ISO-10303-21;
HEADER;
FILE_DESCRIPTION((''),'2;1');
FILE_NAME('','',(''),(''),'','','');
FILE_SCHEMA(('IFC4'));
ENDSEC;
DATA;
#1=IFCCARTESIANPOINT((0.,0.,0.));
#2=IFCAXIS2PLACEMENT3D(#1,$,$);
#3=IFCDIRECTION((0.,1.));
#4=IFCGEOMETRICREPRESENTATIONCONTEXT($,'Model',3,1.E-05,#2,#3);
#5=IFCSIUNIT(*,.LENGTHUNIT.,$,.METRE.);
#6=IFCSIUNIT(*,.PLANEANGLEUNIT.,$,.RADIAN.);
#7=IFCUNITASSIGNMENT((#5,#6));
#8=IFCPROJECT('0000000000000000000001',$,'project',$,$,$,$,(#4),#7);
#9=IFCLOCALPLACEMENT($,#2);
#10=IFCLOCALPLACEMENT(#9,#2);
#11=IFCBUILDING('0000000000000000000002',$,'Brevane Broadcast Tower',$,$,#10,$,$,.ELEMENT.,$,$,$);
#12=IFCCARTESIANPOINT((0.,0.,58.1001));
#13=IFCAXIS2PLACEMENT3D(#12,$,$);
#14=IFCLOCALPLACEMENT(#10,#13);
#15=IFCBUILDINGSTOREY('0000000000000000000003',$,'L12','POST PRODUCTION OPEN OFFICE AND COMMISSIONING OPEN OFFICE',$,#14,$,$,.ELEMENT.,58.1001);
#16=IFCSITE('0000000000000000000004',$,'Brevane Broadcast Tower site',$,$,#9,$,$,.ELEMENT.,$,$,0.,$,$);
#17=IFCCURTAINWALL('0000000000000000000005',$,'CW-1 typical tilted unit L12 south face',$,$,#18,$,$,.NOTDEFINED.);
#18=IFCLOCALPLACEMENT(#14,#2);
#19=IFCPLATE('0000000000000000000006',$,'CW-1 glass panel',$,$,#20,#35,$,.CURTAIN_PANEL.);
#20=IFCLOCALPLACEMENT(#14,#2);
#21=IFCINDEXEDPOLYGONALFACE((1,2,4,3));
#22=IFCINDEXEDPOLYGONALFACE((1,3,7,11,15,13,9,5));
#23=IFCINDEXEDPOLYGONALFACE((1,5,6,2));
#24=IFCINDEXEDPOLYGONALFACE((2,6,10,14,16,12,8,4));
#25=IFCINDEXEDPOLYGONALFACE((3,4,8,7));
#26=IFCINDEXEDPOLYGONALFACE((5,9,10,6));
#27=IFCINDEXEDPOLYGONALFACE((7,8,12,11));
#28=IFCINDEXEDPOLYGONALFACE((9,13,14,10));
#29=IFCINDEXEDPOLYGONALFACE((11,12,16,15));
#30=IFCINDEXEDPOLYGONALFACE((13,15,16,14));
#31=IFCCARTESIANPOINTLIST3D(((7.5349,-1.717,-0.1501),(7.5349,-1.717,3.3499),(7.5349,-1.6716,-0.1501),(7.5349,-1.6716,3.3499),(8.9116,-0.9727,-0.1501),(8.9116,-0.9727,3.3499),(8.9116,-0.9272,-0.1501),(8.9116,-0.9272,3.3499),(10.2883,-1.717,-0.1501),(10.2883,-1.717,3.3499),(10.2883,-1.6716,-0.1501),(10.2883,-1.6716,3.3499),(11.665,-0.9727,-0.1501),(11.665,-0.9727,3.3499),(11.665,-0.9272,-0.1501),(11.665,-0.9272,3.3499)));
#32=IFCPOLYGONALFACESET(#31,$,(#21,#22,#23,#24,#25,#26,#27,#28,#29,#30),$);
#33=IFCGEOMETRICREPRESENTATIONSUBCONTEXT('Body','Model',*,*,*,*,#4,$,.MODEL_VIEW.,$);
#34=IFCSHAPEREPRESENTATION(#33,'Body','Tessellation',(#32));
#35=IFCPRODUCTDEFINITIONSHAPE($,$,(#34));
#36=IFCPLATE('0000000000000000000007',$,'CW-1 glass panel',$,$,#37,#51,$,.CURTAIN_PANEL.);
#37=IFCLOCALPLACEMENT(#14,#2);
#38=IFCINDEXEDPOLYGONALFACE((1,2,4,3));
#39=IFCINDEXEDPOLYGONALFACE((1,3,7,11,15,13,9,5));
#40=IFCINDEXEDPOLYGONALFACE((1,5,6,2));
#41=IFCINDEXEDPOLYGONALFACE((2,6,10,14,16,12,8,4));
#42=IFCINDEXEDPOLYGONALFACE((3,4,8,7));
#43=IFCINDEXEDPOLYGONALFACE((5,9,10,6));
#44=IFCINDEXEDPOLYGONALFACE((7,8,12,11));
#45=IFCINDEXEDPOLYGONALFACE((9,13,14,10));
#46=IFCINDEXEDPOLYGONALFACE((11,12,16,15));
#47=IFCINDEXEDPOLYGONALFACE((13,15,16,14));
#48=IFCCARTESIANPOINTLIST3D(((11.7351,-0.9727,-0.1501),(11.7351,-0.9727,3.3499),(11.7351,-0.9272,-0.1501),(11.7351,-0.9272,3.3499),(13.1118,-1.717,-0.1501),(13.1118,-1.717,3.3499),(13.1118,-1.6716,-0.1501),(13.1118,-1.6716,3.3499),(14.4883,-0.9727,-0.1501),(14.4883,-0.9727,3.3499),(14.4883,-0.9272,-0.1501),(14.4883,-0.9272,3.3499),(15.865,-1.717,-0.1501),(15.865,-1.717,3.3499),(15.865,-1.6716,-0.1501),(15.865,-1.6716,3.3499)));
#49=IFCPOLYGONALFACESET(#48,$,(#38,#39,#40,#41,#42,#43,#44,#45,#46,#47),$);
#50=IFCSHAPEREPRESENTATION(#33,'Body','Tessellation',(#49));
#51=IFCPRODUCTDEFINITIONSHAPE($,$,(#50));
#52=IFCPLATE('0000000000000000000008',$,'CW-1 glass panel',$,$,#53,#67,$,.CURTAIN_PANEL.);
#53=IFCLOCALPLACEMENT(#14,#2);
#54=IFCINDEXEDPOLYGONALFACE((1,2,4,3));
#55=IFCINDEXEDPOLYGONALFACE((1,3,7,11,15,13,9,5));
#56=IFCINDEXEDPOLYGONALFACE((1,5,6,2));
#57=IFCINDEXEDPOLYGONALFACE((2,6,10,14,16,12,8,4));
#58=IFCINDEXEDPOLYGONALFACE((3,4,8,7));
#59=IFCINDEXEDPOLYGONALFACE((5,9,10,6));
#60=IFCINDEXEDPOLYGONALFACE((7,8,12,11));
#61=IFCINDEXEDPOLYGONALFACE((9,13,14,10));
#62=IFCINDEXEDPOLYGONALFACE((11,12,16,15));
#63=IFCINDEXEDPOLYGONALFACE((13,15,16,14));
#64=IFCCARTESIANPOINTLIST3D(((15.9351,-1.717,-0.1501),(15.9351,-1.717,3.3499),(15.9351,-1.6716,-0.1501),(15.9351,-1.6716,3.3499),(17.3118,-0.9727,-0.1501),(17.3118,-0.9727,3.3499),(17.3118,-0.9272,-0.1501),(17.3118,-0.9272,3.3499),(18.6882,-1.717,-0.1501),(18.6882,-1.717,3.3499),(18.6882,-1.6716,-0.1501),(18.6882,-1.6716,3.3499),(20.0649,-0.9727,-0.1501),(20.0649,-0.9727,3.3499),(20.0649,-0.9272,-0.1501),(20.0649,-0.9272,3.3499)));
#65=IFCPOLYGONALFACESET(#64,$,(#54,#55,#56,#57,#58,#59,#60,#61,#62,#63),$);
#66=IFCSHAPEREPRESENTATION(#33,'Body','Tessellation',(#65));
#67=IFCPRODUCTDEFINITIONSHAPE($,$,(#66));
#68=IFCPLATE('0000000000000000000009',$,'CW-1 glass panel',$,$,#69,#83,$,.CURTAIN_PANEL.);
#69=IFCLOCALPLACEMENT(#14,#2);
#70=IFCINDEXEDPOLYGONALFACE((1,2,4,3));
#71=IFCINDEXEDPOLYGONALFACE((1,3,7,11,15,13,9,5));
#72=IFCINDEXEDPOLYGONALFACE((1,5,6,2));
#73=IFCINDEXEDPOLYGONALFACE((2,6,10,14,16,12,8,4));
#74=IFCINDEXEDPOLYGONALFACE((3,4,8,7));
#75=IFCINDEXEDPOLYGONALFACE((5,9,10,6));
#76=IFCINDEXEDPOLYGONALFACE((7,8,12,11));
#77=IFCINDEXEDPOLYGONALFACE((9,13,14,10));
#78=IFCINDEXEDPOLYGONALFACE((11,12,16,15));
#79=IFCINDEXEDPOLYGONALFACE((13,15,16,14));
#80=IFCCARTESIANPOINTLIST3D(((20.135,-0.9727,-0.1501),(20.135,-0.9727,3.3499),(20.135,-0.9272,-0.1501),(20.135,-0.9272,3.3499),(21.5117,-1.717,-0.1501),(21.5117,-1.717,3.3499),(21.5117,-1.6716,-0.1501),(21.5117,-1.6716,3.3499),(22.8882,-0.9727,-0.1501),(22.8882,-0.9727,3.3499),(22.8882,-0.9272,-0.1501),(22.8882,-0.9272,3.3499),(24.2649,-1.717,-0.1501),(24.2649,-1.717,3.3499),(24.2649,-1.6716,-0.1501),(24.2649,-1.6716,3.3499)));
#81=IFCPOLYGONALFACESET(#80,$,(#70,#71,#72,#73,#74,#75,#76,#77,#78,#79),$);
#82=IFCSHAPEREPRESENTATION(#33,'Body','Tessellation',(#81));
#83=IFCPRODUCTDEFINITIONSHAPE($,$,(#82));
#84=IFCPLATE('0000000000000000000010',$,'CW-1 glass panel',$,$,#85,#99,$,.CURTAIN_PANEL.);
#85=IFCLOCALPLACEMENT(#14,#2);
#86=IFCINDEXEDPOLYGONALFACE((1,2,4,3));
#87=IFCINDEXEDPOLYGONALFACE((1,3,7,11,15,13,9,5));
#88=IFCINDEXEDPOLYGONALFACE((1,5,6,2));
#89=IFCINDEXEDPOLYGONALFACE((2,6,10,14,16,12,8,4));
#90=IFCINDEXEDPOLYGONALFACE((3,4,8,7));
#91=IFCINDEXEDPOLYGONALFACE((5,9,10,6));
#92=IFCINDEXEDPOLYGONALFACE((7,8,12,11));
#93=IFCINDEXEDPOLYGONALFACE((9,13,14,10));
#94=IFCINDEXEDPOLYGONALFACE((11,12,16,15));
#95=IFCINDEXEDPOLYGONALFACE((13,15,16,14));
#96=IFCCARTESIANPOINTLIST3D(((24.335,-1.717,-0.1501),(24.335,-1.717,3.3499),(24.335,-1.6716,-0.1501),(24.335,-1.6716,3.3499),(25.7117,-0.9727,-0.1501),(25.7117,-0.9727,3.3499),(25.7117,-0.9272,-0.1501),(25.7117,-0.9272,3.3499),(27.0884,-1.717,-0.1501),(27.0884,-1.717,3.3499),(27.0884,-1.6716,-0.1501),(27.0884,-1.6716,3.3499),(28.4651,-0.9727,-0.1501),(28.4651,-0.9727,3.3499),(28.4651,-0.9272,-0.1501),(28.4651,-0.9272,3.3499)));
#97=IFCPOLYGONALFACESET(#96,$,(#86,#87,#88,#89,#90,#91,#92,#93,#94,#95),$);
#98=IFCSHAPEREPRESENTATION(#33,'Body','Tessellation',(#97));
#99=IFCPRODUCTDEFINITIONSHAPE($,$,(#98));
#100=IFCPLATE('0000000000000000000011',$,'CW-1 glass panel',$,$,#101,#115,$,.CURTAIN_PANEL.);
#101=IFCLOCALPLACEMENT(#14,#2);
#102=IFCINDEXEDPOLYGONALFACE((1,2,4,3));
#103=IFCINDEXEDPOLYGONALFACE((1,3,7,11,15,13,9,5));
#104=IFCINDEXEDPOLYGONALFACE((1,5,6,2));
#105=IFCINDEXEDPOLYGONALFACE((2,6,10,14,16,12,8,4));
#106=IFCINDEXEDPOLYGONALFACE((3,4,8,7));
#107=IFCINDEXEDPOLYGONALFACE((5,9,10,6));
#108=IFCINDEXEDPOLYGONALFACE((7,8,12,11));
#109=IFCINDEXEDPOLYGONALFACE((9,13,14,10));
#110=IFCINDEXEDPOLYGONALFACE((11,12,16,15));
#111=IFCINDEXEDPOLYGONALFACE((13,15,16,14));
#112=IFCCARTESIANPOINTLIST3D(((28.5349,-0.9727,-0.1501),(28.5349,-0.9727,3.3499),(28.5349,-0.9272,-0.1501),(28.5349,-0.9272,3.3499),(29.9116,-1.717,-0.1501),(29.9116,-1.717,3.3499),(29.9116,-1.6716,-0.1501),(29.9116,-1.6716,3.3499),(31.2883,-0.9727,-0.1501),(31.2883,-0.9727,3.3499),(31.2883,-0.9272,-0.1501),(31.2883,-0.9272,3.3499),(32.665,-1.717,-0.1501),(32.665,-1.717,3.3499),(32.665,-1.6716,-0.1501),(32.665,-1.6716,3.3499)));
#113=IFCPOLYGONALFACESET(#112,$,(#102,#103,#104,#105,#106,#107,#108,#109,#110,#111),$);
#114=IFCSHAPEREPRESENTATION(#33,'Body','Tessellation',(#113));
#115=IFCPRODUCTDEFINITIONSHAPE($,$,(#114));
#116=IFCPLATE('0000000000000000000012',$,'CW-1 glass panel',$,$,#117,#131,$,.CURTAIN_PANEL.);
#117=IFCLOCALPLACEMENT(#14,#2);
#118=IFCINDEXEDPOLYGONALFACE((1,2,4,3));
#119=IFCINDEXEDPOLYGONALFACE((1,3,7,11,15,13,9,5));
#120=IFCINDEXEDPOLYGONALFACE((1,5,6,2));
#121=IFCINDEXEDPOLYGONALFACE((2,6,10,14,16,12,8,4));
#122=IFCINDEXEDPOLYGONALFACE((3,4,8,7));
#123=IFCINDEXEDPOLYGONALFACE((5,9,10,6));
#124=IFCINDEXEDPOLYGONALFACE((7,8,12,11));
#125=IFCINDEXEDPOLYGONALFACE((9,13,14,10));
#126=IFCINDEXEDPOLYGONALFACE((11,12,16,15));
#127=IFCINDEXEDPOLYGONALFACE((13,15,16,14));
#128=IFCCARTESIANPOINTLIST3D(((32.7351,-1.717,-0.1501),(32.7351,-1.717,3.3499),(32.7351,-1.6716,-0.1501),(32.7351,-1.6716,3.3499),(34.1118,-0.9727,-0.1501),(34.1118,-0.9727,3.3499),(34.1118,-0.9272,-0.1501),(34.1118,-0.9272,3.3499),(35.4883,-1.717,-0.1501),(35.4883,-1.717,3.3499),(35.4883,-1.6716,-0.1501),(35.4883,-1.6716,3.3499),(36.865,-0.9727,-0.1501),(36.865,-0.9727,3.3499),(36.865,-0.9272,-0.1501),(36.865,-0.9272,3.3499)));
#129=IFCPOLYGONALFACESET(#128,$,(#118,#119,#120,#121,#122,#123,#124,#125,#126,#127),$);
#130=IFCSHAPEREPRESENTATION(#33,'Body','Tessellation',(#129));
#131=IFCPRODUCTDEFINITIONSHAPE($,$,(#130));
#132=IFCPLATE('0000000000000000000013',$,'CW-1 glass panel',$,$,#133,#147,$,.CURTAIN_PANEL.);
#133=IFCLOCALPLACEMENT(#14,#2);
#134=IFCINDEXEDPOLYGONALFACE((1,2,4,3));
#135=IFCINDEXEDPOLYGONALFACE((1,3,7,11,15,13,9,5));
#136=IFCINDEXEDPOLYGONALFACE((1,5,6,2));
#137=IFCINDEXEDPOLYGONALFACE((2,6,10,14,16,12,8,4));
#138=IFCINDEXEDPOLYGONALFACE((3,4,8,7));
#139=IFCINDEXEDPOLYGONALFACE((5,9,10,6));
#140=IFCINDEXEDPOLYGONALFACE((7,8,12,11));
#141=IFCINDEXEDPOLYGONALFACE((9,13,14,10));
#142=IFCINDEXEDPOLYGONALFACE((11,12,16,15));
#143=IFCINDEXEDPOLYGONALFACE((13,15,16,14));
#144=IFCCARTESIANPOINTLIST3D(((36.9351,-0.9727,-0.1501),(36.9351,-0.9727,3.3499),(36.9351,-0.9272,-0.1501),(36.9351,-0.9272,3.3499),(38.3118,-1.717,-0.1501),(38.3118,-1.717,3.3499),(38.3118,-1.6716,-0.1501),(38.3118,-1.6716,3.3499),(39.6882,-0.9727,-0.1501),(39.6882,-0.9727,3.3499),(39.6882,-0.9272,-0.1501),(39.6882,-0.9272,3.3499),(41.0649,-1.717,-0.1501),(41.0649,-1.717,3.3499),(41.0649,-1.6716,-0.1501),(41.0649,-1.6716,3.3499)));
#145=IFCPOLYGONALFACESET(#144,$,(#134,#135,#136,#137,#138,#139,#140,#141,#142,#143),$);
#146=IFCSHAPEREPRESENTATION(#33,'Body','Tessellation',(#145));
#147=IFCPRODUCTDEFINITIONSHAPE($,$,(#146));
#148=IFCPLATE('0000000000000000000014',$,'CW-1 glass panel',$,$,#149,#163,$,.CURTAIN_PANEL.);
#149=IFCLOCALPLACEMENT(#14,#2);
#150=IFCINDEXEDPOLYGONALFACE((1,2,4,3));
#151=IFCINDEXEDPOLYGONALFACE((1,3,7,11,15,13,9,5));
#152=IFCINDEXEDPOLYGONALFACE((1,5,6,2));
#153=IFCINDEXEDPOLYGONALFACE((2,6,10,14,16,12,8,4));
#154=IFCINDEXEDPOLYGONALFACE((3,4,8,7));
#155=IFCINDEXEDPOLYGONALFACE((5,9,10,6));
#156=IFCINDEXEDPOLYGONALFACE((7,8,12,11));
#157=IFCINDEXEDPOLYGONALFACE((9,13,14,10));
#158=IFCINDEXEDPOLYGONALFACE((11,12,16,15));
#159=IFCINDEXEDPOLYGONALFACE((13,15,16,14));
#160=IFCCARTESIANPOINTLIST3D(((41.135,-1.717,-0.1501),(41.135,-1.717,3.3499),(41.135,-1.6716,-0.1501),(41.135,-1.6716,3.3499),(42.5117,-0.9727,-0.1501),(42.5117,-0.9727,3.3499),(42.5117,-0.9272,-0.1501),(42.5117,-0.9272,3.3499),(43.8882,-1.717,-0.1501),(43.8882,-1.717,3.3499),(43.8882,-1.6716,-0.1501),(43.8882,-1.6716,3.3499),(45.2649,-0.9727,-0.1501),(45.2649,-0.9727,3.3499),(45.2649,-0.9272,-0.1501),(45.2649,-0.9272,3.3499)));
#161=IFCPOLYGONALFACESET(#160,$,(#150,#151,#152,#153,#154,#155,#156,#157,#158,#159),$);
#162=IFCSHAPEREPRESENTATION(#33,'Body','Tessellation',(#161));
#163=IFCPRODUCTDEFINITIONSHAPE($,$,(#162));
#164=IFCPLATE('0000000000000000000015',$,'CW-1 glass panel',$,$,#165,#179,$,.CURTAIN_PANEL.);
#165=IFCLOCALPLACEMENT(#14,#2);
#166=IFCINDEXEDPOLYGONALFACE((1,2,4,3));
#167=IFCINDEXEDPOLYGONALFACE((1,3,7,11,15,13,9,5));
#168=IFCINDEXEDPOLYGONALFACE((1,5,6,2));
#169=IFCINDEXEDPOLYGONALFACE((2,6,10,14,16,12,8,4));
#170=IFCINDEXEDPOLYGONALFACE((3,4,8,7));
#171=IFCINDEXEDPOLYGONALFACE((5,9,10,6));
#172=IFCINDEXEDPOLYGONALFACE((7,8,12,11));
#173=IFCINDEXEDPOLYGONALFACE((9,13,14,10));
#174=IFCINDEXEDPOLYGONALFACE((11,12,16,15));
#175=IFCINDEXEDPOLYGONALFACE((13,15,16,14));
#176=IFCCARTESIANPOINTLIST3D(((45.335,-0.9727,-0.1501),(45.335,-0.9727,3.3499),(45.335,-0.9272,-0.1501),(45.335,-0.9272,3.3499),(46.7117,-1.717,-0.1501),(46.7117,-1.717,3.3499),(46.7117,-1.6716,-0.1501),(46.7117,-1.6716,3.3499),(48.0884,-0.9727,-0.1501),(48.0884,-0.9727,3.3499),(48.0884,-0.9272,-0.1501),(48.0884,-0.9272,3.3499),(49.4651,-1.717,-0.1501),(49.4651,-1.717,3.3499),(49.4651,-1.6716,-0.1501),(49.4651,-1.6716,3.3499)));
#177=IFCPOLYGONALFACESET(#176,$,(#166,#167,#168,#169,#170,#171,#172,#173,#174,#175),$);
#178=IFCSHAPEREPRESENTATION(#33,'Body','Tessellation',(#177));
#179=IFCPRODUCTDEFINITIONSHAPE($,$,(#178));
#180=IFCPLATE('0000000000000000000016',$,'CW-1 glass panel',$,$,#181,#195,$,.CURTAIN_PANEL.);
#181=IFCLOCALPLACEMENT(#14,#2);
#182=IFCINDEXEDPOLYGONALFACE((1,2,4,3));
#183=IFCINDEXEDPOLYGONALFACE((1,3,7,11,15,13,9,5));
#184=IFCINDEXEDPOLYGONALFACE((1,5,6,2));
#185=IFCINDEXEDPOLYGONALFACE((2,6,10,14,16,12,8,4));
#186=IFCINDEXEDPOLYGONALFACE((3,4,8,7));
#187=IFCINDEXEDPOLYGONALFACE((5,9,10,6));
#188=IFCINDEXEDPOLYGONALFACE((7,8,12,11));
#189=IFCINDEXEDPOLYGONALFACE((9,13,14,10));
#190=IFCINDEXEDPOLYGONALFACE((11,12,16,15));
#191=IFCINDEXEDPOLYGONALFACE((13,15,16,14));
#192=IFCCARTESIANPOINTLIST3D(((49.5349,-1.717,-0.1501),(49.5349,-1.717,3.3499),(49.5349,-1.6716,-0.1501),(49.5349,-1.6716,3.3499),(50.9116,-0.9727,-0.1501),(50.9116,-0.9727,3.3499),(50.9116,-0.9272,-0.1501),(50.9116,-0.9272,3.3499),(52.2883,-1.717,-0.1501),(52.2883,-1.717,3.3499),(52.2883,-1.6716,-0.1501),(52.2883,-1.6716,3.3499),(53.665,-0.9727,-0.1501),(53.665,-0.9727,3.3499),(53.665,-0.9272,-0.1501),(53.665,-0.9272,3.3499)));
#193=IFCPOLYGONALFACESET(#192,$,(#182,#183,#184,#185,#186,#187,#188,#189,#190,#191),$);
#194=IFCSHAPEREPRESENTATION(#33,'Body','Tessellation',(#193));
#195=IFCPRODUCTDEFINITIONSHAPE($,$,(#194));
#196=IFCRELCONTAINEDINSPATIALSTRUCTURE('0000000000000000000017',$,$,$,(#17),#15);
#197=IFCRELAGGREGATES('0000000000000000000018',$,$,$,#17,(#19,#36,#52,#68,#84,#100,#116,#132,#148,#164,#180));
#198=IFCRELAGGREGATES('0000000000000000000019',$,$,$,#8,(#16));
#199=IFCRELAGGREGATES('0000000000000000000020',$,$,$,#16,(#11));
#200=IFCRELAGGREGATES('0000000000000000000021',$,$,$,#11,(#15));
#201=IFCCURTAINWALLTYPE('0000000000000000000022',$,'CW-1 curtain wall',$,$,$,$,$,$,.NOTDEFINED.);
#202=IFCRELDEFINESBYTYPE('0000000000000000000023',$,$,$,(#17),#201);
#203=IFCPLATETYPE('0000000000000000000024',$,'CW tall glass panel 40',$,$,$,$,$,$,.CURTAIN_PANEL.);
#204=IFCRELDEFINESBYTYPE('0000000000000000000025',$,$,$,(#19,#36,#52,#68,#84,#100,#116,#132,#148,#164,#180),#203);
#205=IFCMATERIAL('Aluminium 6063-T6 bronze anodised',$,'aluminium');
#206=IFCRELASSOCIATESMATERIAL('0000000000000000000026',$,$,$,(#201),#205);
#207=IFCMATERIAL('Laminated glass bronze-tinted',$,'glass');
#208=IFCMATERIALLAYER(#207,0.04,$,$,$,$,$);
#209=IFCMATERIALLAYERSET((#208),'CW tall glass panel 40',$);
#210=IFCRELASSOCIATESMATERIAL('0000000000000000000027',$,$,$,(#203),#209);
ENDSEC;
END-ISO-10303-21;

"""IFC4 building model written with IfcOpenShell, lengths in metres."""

from ifc_helpers import new_model, si_unit, direction, frame, origin, place, context, subcontext, project, spatial, polyline, outline, extrude, material, layer, layer_set, type_object, element, aggregate, save


model = new_model("IFC4")

# Units and contexts
model_context = context("Model", 3, precision=1e-05, world=origin(), true_north=direction((0.0, 1.0)))
body_context = subcontext(model_context, "Body", "Model", "MODEL_VIEW")
ifc_project = project(units=[si_unit("LENGTHUNIT", "METRE"), si_unit("PLANEANGLEUNIT", "RADIAN")], contexts=[model_context])

# Site, building, storey
site_placement = place(None, origin())
site = spatial("IfcSite", under=ifc_project, at=site_placement, Name="Brevane Broadcast Tower site", CompositionType="ELEMENT", RefElevation=0.0)
building_placement = place(site_placement, origin())
building = spatial("IfcBuilding", under=site, at=building_placement, Name="Brevane Broadcast Tower", CompositionType="ELEMENT")
storey_placement = place(building_placement, frame((0.0, 0.0, 58.1001)))
storey = spatial("IfcBuildingStorey", under=building, at=storey_placement, Name="L12", Description="POST PRODUCTION OPEN OFFICE AND COMMISSIONING OPEN OFFICE", CompositionType="ELEMENT", Elevation=58.1001)

# Curtain wall, plates
ifc_material_1 = material(Name="Aluminium 6063-T6 bronze anodised", Category="aluminium")
curtain_wall_type = type_object("IfcCurtainWallType", Name="CW-1 curtain wall", PredefinedType="NOTDEFINED", material=ifc_material_1)
curtain_wall_1_placement = place(storey_placement, origin())
curtain_wall_1 = element("IfcCurtainWall", 1, at=curtain_wall_1_placement, inside=storey, type_object=curtain_wall_type, Name="CW-1 typical tilted unit L12 south face", PredefinedType="NOTDEFINED")
ifc_material_2 = material(Name="Laminated glass bronze-tinted", Category="glass")
ifc_layer = layer(ifc_material_2, 0.04)
ifc_layer_set = layer_set([ifc_layer], Name="CW tall glass panel 40")
plate_type = type_object("IfcPlateType", Name="CW tall glass panel 40", PredefinedType="CURTAIN_PANEL", material=ifc_layer_set)
plate_1_placement = place(storey_placement, frame((0.0, 0.0, -0.1501)))
plate_1 = element("IfcPlate", 2, at=plate_1_placement, type_object=plate_type, Name="CW-1 glass panel", PredefinedType="CURTAIN_PANEL", context=body_context, shape_type="SweptSolid", body=[
    extrude(outline(polyline([(7.5349, -1.6716), (7.5349, -1.717), (8.9116, -0.9727), (10.2883, -1.717), (11.665, -0.9727), (11.665, -0.9272), (10.2883, -1.6716), (8.9116, -0.9272), (7.5349, -1.6716)])), origin(), (0.0, 0.0, 1.0), 3.5),
])
plate_2_placement = place(storey_placement, frame((0.0, 0.0, -0.1501)))
plate_2 = element("IfcPlate", 3, at=plate_2_placement, type_object=plate_type, Name="CW-1 glass panel", PredefinedType="CURTAIN_PANEL", context=body_context, shape_type="SweptSolid", body=[
    extrude(outline(polyline([(11.7351, -0.9272), (11.7351, -0.9727), (13.1118, -1.717), (14.4883, -0.9727), (15.865, -1.717), (15.865, -1.6716), (14.4883, -0.9272), (13.1118, -1.6716), (11.7351, -0.9272)])), origin(), (0.0, 0.0, 1.0), 3.5),
])
plate_3_placement = place(storey_placement, frame((0.0, 0.0, -0.1501)))
plate_3 = element("IfcPlate", 4, at=plate_3_placement, type_object=plate_type, Name="CW-1 glass panel", PredefinedType="CURTAIN_PANEL", context=body_context, shape_type="SweptSolid", body=[
    extrude(outline(polyline([(15.9351, -1.6716), (15.9351, -1.717), (17.3118, -0.9727), (18.6882, -1.717), (20.0649, -0.9727), (20.0649, -0.9272), (18.6882, -1.6716), (17.3118, -0.9272), (15.9351, -1.6716)])), origin(), (0.0, 0.0, 1.0), 3.5),
])
plate_4_placement = place(storey_placement, frame((0.0, 0.0, -0.1501)))
plate_4 = element("IfcPlate", 5, at=plate_4_placement, type_object=plate_type, Name="CW-1 glass panel", PredefinedType="CURTAIN_PANEL", context=body_context, shape_type="SweptSolid", body=[
    extrude(outline(polyline([(20.135, -0.9272), (20.135, -0.9727), (21.5117, -1.717), (22.8882, -0.9727), (24.2649, -1.717), (24.2649, -1.6716), (22.8882, -0.9272), (21.5117, -1.6716), (20.135, -0.9272)])), origin(), (0.0, 0.0, 1.0), 3.5),
])
plate_5_placement = place(storey_placement, frame((0.0, 0.0, -0.1501)))
plate_5 = element("IfcPlate", 6, at=plate_5_placement, type_object=plate_type, Name="CW-1 glass panel", PredefinedType="CURTAIN_PANEL", context=body_context, shape_type="SweptSolid", body=[
    extrude(outline(polyline([(24.335, -1.6716), (24.335, -1.717), (25.7117, -0.9727), (27.0884, -1.717), (28.4651, -0.9727), (28.4651, -0.9272), (27.0884, -1.6716), (25.7117, -0.9272), (24.335, -1.6716)])), origin(), (0.0, 0.0, 1.0), 3.5),
])
plate_6_placement = place(storey_placement, frame((0.0, 0.0, -0.1501)))
plate_6 = element("IfcPlate", 7, at=plate_6_placement, type_object=plate_type, Name="CW-1 glass panel", PredefinedType="CURTAIN_PANEL", context=body_context, shape_type="SweptSolid", body=[
    extrude(outline(polyline([(28.5349, -0.9272), (28.5349, -0.9727), (29.9116, -1.717), (31.2883, -0.9727), (32.665, -1.717), (32.665, -1.6716), (31.2883, -0.9272), (29.9116, -1.6716), (28.5349, -0.9272)])), origin(), (0.0, 0.0, 1.0), 3.5),
])
plate_7_placement = place(storey_placement, frame((0.0, 0.0, -0.1501)))
plate_7 = element("IfcPlate", 8, at=plate_7_placement, type_object=plate_type, Name="CW-1 glass panel", PredefinedType="CURTAIN_PANEL", context=body_context, shape_type="SweptSolid", body=[
    extrude(outline(polyline([(32.7351, -1.6716), (32.7351, -1.717), (34.1118, -0.9727), (35.4883, -1.717), (36.865, -0.9727), (36.865, -0.9272), (35.4883, -1.6716), (34.1118, -0.9272), (32.7351, -1.6716)])), origin(), (0.0, 0.0, 1.0), 3.5),
])
plate_8_placement = place(storey_placement, frame((0.0, 0.0, -0.1501)))
plate_8 = element("IfcPlate", 9, at=plate_8_placement, type_object=plate_type, Name="CW-1 glass panel", PredefinedType="CURTAIN_PANEL", context=body_context, shape_type="SweptSolid", body=[
    extrude(outline(polyline([(36.9351, -0.9272), (36.9351, -0.9727), (38.3118, -1.717), (39.6882, -0.9727), (41.0649, -1.717), (41.0649, -1.6716), (39.6882, -0.9272), (38.3118, -1.6716), (36.9351, -0.9272)])), origin(), (0.0, 0.0, 1.0), 3.5),
])
plate_9_placement = place(storey_placement, frame((0.0, 0.0, -0.1501)))
plate_9 = element("IfcPlate", 10, at=plate_9_placement, type_object=plate_type, Name="CW-1 glass panel", PredefinedType="CURTAIN_PANEL", context=body_context, shape_type="SweptSolid", body=[
    extrude(outline(polyline([(41.135, -1.6716), (41.135, -1.717), (42.5117, -0.9727), (43.8882, -1.717), (45.2649, -0.9727), (45.2649, -0.9272), (43.8882, -1.6716), (42.5117, -0.9272), (41.135, -1.6716)])), origin(), (0.0, 0.0, 1.0), 3.5),
])
plate_10_placement = place(storey_placement, frame((0.0, 0.0, -0.1501)))
plate_10 = element("IfcPlate", 11, at=plate_10_placement, type_object=plate_type, Name="CW-1 glass panel", PredefinedType="CURTAIN_PANEL", context=body_context, shape_type="SweptSolid", body=[
    extrude(outline(polyline([(45.335, -0.9272), (45.335, -0.9727), (46.7117, -1.717), (48.0884, -0.9727), (49.4651, -1.717), (49.4651, -1.6716), (48.0884, -0.9272), (46.7117, -1.6716), (45.335, -0.9272)])), origin(), (0.0, 0.0, 1.0), 3.5),
])
plate_11_placement = place(storey_placement, frame((0.0, 0.0, -0.1501)))
plate_11 = element("IfcPlate", 12, at=plate_11_placement, type_object=plate_type, Name="CW-1 glass panel", PredefinedType="CURTAIN_PANEL", context=body_context, shape_type="SweptSolid", body=[
    extrude(outline(polyline([(49.5349, -1.6716), (49.5349, -1.717), (50.9116, -0.9727), (52.2883, -1.717), (53.665, -0.9727), (53.665, -0.9272), (52.2883, -1.6716), (50.9116, -0.9272), (49.5349, -1.6716)])), origin(), (0.0, 0.0, 1.0), 3.5),
])
aggregate(curtain_wall_1, [plate_1, plate_2, plate_3, plate_4, plate_5, plate_6, plate_7, plate_8, plate_9, plate_10, plate_11])

save(model, "model.ifc")
